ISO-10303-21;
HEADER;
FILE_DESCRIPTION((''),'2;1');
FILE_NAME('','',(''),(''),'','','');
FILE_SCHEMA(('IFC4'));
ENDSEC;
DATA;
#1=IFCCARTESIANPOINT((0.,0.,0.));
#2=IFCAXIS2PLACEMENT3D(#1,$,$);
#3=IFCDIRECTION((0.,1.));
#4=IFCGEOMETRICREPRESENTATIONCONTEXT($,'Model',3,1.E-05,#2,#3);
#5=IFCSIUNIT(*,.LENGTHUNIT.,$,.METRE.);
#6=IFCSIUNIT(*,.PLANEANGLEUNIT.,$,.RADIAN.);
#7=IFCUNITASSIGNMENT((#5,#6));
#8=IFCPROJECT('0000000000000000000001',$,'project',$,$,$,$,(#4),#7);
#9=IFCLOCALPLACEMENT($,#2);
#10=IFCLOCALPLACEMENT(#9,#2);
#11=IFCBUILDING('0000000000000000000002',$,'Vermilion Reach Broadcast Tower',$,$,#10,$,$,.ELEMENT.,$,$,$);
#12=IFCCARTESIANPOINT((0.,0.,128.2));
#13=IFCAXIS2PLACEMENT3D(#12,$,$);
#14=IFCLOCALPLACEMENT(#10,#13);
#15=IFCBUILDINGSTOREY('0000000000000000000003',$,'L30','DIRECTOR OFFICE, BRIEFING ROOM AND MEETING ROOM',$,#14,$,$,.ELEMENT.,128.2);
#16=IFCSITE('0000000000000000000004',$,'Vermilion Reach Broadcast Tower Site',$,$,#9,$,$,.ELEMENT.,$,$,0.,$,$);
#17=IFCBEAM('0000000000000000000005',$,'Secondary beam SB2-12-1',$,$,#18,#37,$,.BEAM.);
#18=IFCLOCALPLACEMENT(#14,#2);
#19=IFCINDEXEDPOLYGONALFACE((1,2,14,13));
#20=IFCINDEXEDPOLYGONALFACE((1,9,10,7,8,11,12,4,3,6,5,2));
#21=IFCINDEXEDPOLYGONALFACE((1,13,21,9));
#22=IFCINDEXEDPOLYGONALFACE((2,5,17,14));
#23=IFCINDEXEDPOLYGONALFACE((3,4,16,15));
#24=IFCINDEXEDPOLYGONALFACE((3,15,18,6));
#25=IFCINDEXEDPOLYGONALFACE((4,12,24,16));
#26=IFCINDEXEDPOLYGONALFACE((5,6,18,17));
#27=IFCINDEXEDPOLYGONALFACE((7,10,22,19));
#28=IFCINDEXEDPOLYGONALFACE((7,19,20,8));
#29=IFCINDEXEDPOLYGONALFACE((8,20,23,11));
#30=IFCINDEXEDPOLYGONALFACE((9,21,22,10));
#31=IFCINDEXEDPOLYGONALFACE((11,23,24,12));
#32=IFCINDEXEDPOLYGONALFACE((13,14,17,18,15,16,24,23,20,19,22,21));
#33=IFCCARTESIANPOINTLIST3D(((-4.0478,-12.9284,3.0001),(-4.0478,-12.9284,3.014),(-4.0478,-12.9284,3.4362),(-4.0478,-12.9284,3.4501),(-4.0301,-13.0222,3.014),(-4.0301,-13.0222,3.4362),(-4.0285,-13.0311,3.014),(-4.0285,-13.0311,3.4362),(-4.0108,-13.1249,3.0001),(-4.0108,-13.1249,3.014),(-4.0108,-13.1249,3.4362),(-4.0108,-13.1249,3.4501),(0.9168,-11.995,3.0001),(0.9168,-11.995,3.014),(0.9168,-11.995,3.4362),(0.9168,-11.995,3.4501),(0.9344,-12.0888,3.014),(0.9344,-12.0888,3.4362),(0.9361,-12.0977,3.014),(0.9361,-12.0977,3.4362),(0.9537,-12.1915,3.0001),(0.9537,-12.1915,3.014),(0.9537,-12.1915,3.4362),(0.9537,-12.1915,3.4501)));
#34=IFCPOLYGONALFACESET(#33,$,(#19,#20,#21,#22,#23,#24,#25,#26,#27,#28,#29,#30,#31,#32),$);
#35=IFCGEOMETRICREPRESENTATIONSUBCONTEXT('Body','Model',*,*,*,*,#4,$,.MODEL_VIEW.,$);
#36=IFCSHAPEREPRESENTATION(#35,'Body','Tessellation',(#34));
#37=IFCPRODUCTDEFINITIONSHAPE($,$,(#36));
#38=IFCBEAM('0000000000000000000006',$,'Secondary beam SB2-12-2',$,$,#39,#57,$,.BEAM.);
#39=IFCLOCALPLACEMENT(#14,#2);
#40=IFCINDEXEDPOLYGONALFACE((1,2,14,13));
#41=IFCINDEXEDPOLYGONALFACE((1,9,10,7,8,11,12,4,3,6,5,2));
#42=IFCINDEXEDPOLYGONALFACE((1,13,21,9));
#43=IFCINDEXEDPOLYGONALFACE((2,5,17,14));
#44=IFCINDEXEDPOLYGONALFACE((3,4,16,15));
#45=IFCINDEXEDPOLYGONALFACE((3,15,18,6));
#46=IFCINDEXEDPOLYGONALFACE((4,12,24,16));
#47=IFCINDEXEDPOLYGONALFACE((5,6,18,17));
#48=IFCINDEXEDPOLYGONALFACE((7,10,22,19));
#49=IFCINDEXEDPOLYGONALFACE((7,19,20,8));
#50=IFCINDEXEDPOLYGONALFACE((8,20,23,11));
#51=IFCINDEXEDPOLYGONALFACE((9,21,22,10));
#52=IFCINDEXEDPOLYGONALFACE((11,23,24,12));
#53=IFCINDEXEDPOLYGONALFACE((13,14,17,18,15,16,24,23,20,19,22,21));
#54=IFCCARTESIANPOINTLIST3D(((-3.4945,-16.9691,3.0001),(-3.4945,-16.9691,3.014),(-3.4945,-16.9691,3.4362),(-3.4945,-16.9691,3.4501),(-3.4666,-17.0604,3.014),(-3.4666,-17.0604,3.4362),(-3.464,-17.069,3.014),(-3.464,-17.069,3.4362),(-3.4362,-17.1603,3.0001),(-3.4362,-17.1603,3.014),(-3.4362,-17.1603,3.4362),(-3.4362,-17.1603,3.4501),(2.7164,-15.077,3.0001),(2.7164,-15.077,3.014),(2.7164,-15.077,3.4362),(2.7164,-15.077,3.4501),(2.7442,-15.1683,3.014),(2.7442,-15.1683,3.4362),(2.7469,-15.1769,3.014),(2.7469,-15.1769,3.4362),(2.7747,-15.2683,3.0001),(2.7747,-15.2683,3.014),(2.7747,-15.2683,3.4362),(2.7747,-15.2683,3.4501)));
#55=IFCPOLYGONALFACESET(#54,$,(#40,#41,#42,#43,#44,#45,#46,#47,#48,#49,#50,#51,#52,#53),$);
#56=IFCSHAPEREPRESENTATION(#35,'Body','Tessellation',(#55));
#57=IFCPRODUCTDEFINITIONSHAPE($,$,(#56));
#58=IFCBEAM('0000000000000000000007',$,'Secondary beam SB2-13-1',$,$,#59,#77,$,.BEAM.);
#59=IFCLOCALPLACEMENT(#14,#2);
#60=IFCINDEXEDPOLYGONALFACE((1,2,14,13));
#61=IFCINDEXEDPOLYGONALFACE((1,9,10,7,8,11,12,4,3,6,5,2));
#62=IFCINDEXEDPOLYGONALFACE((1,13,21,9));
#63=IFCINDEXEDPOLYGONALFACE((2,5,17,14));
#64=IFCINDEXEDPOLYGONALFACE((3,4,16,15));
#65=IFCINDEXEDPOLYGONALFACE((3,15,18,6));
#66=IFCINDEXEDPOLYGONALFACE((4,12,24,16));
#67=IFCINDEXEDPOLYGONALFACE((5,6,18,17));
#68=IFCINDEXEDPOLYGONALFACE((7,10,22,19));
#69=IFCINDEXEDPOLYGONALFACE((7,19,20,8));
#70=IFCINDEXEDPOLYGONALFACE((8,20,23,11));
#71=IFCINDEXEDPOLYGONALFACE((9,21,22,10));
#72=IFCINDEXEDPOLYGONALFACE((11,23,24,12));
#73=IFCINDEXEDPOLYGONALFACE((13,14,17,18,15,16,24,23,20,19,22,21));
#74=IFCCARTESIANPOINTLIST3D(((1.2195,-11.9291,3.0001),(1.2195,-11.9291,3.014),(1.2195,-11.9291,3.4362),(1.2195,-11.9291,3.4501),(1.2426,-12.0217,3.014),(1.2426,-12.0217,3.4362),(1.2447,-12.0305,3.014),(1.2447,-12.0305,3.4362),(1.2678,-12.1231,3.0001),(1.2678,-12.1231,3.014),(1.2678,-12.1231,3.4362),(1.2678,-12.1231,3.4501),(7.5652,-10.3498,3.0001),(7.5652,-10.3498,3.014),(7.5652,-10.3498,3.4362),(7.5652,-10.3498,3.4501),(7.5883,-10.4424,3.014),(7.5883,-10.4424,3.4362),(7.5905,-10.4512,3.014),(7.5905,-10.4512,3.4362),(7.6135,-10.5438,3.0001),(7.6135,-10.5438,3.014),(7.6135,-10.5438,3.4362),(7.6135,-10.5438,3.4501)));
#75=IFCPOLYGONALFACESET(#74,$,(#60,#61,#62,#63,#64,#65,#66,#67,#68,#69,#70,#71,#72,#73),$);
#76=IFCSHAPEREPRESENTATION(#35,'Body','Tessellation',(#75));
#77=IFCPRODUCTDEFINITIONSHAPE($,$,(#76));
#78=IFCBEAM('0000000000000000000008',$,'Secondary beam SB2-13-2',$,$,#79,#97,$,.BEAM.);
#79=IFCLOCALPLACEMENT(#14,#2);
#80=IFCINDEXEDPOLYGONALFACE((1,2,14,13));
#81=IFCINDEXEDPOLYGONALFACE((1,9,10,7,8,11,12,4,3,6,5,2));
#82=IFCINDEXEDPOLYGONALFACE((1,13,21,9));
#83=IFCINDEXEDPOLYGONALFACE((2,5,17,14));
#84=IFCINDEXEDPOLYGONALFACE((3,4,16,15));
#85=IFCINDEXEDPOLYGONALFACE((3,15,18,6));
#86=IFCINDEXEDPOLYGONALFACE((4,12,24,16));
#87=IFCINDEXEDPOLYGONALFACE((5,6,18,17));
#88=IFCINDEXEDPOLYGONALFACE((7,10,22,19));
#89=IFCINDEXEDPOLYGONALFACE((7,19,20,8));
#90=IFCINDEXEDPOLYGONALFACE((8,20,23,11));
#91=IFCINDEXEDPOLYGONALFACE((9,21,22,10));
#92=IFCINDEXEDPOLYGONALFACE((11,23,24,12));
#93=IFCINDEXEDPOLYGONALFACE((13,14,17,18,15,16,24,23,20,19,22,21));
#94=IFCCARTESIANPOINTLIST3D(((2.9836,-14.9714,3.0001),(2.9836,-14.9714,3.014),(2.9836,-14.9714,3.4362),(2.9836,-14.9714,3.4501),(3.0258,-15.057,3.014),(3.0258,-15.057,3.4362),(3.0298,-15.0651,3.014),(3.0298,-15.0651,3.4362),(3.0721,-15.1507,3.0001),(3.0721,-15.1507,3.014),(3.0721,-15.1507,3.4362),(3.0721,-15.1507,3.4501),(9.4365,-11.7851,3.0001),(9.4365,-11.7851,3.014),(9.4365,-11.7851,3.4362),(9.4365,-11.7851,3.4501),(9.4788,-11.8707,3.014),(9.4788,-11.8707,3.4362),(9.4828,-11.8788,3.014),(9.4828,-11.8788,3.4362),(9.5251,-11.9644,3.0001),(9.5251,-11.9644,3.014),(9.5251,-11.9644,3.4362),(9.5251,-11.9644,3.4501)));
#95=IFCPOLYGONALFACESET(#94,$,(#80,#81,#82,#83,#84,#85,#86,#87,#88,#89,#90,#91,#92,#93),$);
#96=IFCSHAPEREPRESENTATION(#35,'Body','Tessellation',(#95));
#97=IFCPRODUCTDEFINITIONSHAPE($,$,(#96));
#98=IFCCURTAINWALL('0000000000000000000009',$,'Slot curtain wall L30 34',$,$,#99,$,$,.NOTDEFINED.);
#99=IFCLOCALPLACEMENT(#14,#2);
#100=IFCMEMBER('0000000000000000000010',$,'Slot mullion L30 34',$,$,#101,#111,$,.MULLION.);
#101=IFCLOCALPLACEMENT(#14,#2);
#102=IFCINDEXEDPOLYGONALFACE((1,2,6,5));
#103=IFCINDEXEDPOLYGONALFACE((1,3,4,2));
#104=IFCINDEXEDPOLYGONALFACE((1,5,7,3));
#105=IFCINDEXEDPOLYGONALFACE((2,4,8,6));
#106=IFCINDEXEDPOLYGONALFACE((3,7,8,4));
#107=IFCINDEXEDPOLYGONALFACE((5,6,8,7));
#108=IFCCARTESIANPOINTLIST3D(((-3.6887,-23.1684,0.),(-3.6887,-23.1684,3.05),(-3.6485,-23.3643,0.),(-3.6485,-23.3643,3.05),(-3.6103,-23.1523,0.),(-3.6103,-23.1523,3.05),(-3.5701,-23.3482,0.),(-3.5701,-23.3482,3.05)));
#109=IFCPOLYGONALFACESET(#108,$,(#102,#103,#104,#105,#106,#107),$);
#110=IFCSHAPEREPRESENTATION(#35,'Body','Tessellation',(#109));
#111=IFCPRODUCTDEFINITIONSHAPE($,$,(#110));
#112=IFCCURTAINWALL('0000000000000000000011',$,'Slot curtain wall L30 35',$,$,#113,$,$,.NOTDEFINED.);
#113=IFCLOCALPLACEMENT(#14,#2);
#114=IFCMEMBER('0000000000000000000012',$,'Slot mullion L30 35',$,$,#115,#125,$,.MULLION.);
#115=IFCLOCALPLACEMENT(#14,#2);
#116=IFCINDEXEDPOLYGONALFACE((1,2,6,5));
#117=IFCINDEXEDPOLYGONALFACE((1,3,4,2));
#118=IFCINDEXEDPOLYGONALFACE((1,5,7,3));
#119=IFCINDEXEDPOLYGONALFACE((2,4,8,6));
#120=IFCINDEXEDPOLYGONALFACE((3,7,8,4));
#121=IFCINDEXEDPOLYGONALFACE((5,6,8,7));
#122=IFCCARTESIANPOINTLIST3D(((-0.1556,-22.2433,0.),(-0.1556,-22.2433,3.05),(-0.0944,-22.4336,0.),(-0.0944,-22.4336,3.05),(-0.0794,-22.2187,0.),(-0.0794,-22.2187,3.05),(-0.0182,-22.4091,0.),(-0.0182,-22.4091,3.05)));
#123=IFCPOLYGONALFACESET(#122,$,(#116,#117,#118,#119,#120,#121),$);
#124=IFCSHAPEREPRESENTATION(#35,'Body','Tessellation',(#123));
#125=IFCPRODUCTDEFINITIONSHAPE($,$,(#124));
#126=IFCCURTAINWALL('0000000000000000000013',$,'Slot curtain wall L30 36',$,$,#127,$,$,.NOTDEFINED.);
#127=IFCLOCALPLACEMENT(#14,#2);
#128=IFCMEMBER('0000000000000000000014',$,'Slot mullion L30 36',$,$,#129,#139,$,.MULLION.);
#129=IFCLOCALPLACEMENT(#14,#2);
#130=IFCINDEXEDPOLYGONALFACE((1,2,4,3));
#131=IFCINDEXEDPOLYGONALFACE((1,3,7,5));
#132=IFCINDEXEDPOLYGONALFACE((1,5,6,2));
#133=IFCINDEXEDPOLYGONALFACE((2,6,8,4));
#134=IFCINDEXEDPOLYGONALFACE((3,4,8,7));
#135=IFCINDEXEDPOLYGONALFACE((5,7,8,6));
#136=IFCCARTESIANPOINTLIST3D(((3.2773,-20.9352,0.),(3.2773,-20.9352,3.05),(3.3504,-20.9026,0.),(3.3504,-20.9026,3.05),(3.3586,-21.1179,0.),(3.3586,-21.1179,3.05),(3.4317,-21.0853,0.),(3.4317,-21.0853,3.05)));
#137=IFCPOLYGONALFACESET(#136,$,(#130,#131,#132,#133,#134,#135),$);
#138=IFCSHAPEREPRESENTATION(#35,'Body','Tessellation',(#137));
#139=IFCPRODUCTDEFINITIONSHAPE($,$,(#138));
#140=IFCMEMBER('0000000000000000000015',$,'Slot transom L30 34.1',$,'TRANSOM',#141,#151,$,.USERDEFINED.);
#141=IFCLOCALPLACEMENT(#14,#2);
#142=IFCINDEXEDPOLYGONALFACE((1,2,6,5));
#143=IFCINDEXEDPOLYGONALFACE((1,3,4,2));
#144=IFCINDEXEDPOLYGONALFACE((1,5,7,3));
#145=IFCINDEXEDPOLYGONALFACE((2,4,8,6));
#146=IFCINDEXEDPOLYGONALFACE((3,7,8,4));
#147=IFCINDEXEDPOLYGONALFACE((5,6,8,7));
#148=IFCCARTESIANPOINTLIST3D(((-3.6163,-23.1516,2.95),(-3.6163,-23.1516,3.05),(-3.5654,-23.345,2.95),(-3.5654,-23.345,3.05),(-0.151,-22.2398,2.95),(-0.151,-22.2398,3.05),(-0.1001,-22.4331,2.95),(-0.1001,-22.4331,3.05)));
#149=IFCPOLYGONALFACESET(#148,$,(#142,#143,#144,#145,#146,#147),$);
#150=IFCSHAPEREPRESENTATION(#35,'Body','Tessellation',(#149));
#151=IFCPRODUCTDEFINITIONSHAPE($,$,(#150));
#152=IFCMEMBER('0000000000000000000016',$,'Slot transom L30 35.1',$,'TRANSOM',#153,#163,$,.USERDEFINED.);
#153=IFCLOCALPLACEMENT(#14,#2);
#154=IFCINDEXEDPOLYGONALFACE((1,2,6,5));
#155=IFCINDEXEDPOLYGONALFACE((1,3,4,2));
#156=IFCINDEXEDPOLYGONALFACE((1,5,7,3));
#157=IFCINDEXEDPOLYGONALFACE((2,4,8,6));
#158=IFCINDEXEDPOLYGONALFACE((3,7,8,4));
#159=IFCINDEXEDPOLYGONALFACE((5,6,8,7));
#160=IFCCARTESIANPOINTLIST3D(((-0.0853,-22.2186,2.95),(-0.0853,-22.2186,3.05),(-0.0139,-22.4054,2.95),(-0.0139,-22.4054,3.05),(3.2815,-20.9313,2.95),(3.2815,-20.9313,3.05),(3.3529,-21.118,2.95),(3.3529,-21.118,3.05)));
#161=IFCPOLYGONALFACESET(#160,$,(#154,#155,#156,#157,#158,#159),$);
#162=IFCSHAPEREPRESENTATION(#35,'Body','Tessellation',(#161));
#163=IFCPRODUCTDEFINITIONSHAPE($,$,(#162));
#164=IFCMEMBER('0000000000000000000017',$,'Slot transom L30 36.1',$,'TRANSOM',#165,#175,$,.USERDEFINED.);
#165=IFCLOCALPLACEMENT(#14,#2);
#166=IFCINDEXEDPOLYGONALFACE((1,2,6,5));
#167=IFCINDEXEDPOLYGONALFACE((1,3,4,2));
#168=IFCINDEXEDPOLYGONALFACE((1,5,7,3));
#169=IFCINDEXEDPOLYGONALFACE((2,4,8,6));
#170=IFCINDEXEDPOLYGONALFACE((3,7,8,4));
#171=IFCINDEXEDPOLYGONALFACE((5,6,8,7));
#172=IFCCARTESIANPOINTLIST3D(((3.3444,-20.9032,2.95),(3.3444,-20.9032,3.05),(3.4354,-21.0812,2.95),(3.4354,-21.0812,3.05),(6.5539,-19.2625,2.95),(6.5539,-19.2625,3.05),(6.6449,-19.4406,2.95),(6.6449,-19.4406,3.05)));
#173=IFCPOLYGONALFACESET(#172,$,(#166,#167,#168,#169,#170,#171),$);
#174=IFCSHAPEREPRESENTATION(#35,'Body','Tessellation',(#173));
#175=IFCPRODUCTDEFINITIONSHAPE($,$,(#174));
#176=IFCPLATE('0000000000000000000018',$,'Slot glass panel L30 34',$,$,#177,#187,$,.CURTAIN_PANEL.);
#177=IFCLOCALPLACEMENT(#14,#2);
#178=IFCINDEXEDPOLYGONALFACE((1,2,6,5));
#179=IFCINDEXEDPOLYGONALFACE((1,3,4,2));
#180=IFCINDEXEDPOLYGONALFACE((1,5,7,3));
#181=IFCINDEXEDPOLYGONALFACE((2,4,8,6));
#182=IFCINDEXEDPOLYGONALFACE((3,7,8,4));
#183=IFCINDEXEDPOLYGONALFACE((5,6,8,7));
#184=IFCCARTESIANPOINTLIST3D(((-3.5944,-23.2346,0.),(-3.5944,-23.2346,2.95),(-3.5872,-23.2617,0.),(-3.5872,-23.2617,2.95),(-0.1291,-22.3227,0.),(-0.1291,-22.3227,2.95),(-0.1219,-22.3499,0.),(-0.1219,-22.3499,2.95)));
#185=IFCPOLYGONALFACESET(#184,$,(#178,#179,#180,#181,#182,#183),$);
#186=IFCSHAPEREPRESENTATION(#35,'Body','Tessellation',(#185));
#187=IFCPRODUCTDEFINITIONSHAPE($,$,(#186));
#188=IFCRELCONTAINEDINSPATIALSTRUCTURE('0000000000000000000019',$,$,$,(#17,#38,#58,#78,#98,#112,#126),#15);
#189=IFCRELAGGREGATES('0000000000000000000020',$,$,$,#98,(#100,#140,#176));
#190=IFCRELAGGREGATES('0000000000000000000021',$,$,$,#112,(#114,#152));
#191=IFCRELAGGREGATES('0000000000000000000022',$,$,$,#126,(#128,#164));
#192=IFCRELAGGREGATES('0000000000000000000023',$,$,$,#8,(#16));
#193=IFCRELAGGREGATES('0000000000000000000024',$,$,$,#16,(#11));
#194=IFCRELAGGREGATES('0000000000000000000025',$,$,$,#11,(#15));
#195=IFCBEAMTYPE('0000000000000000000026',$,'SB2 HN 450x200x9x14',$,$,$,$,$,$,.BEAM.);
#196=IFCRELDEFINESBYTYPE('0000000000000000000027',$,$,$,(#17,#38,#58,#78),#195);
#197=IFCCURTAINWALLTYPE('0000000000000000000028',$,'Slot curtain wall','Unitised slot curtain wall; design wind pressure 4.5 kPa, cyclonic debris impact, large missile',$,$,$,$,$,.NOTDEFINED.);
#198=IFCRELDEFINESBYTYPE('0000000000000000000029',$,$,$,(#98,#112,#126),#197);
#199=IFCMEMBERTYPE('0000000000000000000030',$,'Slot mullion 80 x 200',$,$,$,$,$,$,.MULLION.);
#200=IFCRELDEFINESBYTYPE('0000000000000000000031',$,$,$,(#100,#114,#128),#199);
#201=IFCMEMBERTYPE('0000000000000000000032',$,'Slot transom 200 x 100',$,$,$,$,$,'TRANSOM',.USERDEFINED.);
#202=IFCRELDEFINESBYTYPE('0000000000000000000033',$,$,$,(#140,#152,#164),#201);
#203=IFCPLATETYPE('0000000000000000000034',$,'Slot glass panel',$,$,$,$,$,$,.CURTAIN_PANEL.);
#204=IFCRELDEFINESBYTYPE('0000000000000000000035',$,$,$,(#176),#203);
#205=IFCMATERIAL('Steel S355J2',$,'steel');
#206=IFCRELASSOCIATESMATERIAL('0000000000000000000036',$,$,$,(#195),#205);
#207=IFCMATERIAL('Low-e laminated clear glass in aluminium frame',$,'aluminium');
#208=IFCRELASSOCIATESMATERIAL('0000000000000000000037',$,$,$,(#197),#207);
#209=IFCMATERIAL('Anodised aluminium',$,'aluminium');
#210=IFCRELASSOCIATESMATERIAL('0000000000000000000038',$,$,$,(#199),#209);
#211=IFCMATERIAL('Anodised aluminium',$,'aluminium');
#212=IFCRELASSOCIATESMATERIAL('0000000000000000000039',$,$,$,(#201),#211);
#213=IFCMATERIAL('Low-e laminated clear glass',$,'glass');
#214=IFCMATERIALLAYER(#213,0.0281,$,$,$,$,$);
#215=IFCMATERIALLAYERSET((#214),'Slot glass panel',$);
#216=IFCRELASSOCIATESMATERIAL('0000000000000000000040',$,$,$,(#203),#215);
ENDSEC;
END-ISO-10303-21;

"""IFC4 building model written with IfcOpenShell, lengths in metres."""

from ifc_helpers import new_model, si_unit, direction, frame, origin, origin_2d, place, context, subcontext, project, spatial, rectangle, i_section, extrude, material, layer, layer_set, material_profile, profile_set, type_object, element, aggregate, save


model = new_model("IFC4")

# Units and contexts
model_context = context("Model", 3, precision=1e-05, world=origin(), true_north=direction((0.0, 1.0)))
body_context = subcontext(model_context, "Body", "Model", "MODEL_VIEW")
ifc_project = project(units=[si_unit("LENGTHUNIT", "METRE"), si_unit("PLANEANGLEUNIT", "RADIAN")], contexts=[model_context])

# Site, building, storey
site_placement = place(None, origin())
site = spatial("IfcSite", under=ifc_project, at=site_placement, Name="Vermilion Reach Broadcast Tower Site", CompositionType="ELEMENT", RefElevation=0.0)
building_placement = place(site_placement, origin())
building = spatial("IfcBuilding", under=site, at=building_placement, Name="Vermilion Reach Broadcast Tower", CompositionType="ELEMENT")
storey_placement = place(building_placement, frame((0.0, 0.0, 128.2)))
storey = spatial("IfcBuildingStorey", under=building, at=storey_placement, Name="L30", Description="DIRECTOR OFFICE, BRIEFING ROOM AND MEETING ROOM", CompositionType="ELEMENT", Elevation=128.2)

# Beams
ifc_material_1 = material(Name="Steel S355J2", Category="steel")
ifc_material_profile_1 = material_profile(ifc_material_1, i_section(OverallWidth=0.2, OverallDepth=0.45, WebThickness=0.009, FlangeThickness=0.0139, at=origin_2d()), Name="S355J2 HN 450x200x9x14")
ifc_profile_set_1 = profile_set([ifc_material_profile_1], Name="Steel S355J2")
beam_type_1 = type_object("IfcBeamType", Name="SB2 HN 450x200x9x14", PredefinedType="BEAM", material=ifc_profile_set_1)
beam_1_placement = place(storey_placement, frame((-4.0293, -13.0266, 3.2251), z_axis=(0.982783, 0.184764, 0.0), x_axis=(-0.184764, 0.982783, 0.0)))
element("IfcBeam", 1, at=beam_1_placement, inside=storey, type_object=beam_type_1, Name="Secondary beam SB2-12-1", PredefinedType="BEAM", context=body_context, shape_type="SweptSolid", body=[
    extrude(i_section(OverallWidth=0.2, OverallDepth=0.45, WebThickness=0.009, FlangeThickness=0.0139, at=origin_2d()), origin(), (0.0, 0.0, 1.0), 5.0515),
])
beam_2_placement = place(storey_placement, frame((-3.4653, -17.0647, 3.2251), z_axis=(0.956596, 0.291416, 0.0), x_axis=(-0.291416, 0.956596, 0.0)))
element("IfcBeam", 2, at=beam_2_placement, inside=storey, type_object=beam_type_1, Name="Secondary beam SB2-12-2", PredefinedType="BEAM", context=body_context, shape_type="SweptSolid", body=[
    extrude(i_section(OverallWidth=0.2, OverallDepth=0.45, WebThickness=0.009, FlangeThickness=0.0139, at=origin_2d()), origin(), (0.0, 0.0, 1.0), 6.4927),
])
beam_3_placement = place(storey_placement, frame((1.2437, -12.0261, 3.2251), z_axis=(0.970397, 0.241516, 0.0), x_axis=(-0.241516, 0.970397, 0.0)))
element("IfcBeam", 3, at=beam_3_placement, inside=storey, type_object=beam_type_1, Name="Secondary beam SB2-13-1", PredefinedType="BEAM", context=body_context, shape_type="SweptSolid", body=[
    extrude(i_section(OverallWidth=0.2, OverallDepth=0.45, WebThickness=0.009, FlangeThickness=0.0139, at=origin_2d()), origin(), (0.0, 0.0, 1.0), 6.5393),
])
beam_4_placement = place(storey_placement, frame((3.0278, -15.061, 3.2251), z_axis=(0.896648, 0.442744, 0.0), x_axis=(-0.442744, 0.896648, 0.0)))
element("IfcBeam", 4, at=beam_4_placement, inside=storey, type_object=beam_type_1, Name="Secondary beam SB2-13-2", PredefinedType="BEAM", context=body_context, shape_type="SweptSolid", body=[
    extrude(i_section(OverallWidth=0.2, OverallDepth=0.45, WebThickness=0.009, FlangeThickness=0.0139, at=origin_2d()), origin(), (0.0, 0.0, 1.0), 7.1968),
])

# Curtain walls, members
ifc_material_2 = material(Name="Low-e laminated clear glass in aluminium frame", Category="aluminium")
curtain_wall_type = type_object("IfcCurtainWallType", Name="Slot curtain wall", Description="Unitised slot curtain wall; design wind pressure 4.5 kPa, cyclonic debris impact, large missile", PredefinedType="NOTDEFINED", material=ifc_material_2)
placement = place(storey_placement, origin())
curtain_wall_1 = element("IfcCurtainWall", 5, at=placement, inside=storey, type_object=curtain_wall_type, Name="Slot curtain wall L30 34", PredefinedType="NOTDEFINED")
ifc_material_3 = material(Name="Anodised aluminium", Category="aluminium")
ifc_material_profile_2 = material_profile(ifc_material_3, rectangle(XDim=0.2, YDim=0.0801, at=origin_2d()), Name="Slot mullion 80 x 200")
ifc_profile_set_2 = profile_set([ifc_material_profile_2], Name="Anodised aluminium")
member_type_1 = type_object("IfcMemberType", Name="Slot mullion 80 x 200", PredefinedType="MULLION", material=ifc_profile_set_2)
member_1_placement = place(storey_placement, frame((-3.6294, -23.2583, 0.0), z_axis=(0.0, 0.0, 1.0), x_axis=(-0.201061, 0.979579, 0.0)))
member_1 = element("IfcMember", 6, at=member_1_placement, type_object=member_type_1, Name="Slot mullion L30 34", PredefinedType="MULLION", context=body_context, shape_type="SweptSolid", body=[
    extrude(rectangle(XDim=0.2, YDim=0.0801, at=origin_2d()), origin(), (0.0, 0.0, 1.0), 3.05),
])
curtain_wall_2 = element("IfcCurtainWall", 7, at=placement, inside=storey, type_object=curtain_wall_type, Name="Slot curtain wall L30 35", PredefinedType="NOTDEFINED")
member_2_placement = place(storey_placement, frame((-0.0869, -22.3262, 0.0), z_axis=(0.0, 0.0, 1.0), x_axis=(-0.306261, 0.951947, 0.0)))
member_2 = element("IfcMember", 8, at=member_2_placement, type_object=member_type_1, Name="Slot mullion L30 35", PredefinedType="MULLION", context=body_context, shape_type="SweptSolid", body=[
    extrude(rectangle(XDim=0.2, YDim=0.0801, at=origin_2d()), origin(), (0.0, 0.0, 1.0), 3.05),
])
curtain_wall_3 = element("IfcCurtainWall", 9, at=placement, inside=storey, type_object=curtain_wall_type, Name="Slot curtain wall L30 36", PredefinedType="NOTDEFINED")
member_3_placement = place(storey_placement, frame((3.3545, -21.0103, 0.0), z_axis=(0.0, 0.0, 1.0), x_axis=(-0.406737, 0.913545, 0.0)))
member_3 = element("IfcMember", 10, at=member_3_placement, type_object=member_type_1, Name="Slot mullion L30 36", PredefinedType="MULLION", context=body_context, shape_type="SweptSolid", body=[
    extrude(rectangle(XDim=0.2, YDim=0.0801, at=origin_2d()), origin(), (0.0, 0.0, 1.0), 3.05),
])

# Members
ifc_material_4 = material(Name="Anodised aluminium", Category="aluminium")
ifc_material_profile_3 = material_profile(ifc_material_4, rectangle(XDim=0.2, YDim=0.1001, at=origin_2d()), Name="Slot transom 200 x 100")
ifc_profile_set_3 = profile_set([ifc_material_profile_3], Name="Anodised aluminium")
member_type_2 = type_object("IfcMemberType", Name="Slot transom 200 x 100", ElementType="TRANSOM", PredefinedType="USERDEFINED", material=ifc_profile_set_3)
member_4_placement = place(storey_placement, frame((-3.5908, -23.2483, 3.0), z_axis=(0.967079, 0.254477, 0.0), x_axis=(-0.254477, 0.967079, 0.0)))
member_4 = element("IfcMember", 11, at=member_4_placement, type_object=member_type_2, Name="Slot transom L30 34.1", ObjectType="TRANSOM", PredefinedType="USERDEFINED", context=body_context, shape_type="SweptSolid", body=[
    extrude(rectangle(XDim=0.2, YDim=0.1001, at=origin_2d()), origin(), (0.0, 0.0, 1.0), 3.5833),
])
member_5_placement = place(storey_placement, frame((-0.0496, -22.312, 3.0), z_axis=(0.934044, 0.357158, 0.0), x_axis=(-0.357158, 0.934044, 0.0)))
member_5 = element("IfcMember", 12, at=member_5_placement, type_object=member_type_2, Name="Slot transom L30 35.1", ObjectType="TRANSOM", PredefinedType="USERDEFINED", context=body_context, shape_type="SweptSolid", body=[
    extrude(rectangle(XDim=0.2, YDim=0.1001, at=origin_2d()), origin(), (0.0, 0.0, 1.0), 3.6045),
])
member_6_placement = place(storey_placement, frame((3.3899, -20.9922, 3.0), z_axis=(0.890409, 0.455161, 0.0), x_axis=(-0.455161, 0.890409, 0.0)))
member_6 = element("IfcMember", 13, at=member_6_placement, type_object=member_type_2, Name="Slot transom L30 36.1", ObjectType="TRANSOM", PredefinedType="USERDEFINED", context=body_context, shape_type="SweptSolid", body=[
    extrude(rectangle(XDim=0.2, YDim=0.1001, at=origin_2d()), origin(), (0.0, 0.0, 1.0), 3.6045),
])

# Plate
ifc_material_5 = material(Name="Low-e laminated clear glass", Category="glass")
ifc_layer_1 = layer(ifc_material_5, 0.0281)
ifc_layer_set_1 = layer_set([ifc_layer_1], Name="Slot glass panel")
plate_type = type_object("IfcPlateType", Name="Slot glass panel", PredefinedType="CURTAIN_PANEL", material=ifc_layer_set_1)
plate_1_placement = place(storey_placement, frame((-1.8582, -22.7922, 0.0), z_axis=(0.0, 0.0, 1.0), x_axis=(0.967079, 0.254475, 0.0)))
plate_1 = element("IfcPlate", 14, at=plate_1_placement, type_object=plate_type, Name="Slot glass panel L30 34", PredefinedType="CURTAIN_PANEL", context=body_context, shape_type="SweptSolid", body=[
    extrude(rectangle(XDim=3.5833, YDim=0.0281, at=origin_2d()), origin(), (0.0, 0.0, 1.0), 2.95),
])
aggregate(curtain_wall_1, [member_1, member_4, plate_1])
aggregate(curtain_wall_2, [member_2, member_5])
aggregate(curtain_wall_3, [member_3, member_6])

save(model, "model.ifc")
